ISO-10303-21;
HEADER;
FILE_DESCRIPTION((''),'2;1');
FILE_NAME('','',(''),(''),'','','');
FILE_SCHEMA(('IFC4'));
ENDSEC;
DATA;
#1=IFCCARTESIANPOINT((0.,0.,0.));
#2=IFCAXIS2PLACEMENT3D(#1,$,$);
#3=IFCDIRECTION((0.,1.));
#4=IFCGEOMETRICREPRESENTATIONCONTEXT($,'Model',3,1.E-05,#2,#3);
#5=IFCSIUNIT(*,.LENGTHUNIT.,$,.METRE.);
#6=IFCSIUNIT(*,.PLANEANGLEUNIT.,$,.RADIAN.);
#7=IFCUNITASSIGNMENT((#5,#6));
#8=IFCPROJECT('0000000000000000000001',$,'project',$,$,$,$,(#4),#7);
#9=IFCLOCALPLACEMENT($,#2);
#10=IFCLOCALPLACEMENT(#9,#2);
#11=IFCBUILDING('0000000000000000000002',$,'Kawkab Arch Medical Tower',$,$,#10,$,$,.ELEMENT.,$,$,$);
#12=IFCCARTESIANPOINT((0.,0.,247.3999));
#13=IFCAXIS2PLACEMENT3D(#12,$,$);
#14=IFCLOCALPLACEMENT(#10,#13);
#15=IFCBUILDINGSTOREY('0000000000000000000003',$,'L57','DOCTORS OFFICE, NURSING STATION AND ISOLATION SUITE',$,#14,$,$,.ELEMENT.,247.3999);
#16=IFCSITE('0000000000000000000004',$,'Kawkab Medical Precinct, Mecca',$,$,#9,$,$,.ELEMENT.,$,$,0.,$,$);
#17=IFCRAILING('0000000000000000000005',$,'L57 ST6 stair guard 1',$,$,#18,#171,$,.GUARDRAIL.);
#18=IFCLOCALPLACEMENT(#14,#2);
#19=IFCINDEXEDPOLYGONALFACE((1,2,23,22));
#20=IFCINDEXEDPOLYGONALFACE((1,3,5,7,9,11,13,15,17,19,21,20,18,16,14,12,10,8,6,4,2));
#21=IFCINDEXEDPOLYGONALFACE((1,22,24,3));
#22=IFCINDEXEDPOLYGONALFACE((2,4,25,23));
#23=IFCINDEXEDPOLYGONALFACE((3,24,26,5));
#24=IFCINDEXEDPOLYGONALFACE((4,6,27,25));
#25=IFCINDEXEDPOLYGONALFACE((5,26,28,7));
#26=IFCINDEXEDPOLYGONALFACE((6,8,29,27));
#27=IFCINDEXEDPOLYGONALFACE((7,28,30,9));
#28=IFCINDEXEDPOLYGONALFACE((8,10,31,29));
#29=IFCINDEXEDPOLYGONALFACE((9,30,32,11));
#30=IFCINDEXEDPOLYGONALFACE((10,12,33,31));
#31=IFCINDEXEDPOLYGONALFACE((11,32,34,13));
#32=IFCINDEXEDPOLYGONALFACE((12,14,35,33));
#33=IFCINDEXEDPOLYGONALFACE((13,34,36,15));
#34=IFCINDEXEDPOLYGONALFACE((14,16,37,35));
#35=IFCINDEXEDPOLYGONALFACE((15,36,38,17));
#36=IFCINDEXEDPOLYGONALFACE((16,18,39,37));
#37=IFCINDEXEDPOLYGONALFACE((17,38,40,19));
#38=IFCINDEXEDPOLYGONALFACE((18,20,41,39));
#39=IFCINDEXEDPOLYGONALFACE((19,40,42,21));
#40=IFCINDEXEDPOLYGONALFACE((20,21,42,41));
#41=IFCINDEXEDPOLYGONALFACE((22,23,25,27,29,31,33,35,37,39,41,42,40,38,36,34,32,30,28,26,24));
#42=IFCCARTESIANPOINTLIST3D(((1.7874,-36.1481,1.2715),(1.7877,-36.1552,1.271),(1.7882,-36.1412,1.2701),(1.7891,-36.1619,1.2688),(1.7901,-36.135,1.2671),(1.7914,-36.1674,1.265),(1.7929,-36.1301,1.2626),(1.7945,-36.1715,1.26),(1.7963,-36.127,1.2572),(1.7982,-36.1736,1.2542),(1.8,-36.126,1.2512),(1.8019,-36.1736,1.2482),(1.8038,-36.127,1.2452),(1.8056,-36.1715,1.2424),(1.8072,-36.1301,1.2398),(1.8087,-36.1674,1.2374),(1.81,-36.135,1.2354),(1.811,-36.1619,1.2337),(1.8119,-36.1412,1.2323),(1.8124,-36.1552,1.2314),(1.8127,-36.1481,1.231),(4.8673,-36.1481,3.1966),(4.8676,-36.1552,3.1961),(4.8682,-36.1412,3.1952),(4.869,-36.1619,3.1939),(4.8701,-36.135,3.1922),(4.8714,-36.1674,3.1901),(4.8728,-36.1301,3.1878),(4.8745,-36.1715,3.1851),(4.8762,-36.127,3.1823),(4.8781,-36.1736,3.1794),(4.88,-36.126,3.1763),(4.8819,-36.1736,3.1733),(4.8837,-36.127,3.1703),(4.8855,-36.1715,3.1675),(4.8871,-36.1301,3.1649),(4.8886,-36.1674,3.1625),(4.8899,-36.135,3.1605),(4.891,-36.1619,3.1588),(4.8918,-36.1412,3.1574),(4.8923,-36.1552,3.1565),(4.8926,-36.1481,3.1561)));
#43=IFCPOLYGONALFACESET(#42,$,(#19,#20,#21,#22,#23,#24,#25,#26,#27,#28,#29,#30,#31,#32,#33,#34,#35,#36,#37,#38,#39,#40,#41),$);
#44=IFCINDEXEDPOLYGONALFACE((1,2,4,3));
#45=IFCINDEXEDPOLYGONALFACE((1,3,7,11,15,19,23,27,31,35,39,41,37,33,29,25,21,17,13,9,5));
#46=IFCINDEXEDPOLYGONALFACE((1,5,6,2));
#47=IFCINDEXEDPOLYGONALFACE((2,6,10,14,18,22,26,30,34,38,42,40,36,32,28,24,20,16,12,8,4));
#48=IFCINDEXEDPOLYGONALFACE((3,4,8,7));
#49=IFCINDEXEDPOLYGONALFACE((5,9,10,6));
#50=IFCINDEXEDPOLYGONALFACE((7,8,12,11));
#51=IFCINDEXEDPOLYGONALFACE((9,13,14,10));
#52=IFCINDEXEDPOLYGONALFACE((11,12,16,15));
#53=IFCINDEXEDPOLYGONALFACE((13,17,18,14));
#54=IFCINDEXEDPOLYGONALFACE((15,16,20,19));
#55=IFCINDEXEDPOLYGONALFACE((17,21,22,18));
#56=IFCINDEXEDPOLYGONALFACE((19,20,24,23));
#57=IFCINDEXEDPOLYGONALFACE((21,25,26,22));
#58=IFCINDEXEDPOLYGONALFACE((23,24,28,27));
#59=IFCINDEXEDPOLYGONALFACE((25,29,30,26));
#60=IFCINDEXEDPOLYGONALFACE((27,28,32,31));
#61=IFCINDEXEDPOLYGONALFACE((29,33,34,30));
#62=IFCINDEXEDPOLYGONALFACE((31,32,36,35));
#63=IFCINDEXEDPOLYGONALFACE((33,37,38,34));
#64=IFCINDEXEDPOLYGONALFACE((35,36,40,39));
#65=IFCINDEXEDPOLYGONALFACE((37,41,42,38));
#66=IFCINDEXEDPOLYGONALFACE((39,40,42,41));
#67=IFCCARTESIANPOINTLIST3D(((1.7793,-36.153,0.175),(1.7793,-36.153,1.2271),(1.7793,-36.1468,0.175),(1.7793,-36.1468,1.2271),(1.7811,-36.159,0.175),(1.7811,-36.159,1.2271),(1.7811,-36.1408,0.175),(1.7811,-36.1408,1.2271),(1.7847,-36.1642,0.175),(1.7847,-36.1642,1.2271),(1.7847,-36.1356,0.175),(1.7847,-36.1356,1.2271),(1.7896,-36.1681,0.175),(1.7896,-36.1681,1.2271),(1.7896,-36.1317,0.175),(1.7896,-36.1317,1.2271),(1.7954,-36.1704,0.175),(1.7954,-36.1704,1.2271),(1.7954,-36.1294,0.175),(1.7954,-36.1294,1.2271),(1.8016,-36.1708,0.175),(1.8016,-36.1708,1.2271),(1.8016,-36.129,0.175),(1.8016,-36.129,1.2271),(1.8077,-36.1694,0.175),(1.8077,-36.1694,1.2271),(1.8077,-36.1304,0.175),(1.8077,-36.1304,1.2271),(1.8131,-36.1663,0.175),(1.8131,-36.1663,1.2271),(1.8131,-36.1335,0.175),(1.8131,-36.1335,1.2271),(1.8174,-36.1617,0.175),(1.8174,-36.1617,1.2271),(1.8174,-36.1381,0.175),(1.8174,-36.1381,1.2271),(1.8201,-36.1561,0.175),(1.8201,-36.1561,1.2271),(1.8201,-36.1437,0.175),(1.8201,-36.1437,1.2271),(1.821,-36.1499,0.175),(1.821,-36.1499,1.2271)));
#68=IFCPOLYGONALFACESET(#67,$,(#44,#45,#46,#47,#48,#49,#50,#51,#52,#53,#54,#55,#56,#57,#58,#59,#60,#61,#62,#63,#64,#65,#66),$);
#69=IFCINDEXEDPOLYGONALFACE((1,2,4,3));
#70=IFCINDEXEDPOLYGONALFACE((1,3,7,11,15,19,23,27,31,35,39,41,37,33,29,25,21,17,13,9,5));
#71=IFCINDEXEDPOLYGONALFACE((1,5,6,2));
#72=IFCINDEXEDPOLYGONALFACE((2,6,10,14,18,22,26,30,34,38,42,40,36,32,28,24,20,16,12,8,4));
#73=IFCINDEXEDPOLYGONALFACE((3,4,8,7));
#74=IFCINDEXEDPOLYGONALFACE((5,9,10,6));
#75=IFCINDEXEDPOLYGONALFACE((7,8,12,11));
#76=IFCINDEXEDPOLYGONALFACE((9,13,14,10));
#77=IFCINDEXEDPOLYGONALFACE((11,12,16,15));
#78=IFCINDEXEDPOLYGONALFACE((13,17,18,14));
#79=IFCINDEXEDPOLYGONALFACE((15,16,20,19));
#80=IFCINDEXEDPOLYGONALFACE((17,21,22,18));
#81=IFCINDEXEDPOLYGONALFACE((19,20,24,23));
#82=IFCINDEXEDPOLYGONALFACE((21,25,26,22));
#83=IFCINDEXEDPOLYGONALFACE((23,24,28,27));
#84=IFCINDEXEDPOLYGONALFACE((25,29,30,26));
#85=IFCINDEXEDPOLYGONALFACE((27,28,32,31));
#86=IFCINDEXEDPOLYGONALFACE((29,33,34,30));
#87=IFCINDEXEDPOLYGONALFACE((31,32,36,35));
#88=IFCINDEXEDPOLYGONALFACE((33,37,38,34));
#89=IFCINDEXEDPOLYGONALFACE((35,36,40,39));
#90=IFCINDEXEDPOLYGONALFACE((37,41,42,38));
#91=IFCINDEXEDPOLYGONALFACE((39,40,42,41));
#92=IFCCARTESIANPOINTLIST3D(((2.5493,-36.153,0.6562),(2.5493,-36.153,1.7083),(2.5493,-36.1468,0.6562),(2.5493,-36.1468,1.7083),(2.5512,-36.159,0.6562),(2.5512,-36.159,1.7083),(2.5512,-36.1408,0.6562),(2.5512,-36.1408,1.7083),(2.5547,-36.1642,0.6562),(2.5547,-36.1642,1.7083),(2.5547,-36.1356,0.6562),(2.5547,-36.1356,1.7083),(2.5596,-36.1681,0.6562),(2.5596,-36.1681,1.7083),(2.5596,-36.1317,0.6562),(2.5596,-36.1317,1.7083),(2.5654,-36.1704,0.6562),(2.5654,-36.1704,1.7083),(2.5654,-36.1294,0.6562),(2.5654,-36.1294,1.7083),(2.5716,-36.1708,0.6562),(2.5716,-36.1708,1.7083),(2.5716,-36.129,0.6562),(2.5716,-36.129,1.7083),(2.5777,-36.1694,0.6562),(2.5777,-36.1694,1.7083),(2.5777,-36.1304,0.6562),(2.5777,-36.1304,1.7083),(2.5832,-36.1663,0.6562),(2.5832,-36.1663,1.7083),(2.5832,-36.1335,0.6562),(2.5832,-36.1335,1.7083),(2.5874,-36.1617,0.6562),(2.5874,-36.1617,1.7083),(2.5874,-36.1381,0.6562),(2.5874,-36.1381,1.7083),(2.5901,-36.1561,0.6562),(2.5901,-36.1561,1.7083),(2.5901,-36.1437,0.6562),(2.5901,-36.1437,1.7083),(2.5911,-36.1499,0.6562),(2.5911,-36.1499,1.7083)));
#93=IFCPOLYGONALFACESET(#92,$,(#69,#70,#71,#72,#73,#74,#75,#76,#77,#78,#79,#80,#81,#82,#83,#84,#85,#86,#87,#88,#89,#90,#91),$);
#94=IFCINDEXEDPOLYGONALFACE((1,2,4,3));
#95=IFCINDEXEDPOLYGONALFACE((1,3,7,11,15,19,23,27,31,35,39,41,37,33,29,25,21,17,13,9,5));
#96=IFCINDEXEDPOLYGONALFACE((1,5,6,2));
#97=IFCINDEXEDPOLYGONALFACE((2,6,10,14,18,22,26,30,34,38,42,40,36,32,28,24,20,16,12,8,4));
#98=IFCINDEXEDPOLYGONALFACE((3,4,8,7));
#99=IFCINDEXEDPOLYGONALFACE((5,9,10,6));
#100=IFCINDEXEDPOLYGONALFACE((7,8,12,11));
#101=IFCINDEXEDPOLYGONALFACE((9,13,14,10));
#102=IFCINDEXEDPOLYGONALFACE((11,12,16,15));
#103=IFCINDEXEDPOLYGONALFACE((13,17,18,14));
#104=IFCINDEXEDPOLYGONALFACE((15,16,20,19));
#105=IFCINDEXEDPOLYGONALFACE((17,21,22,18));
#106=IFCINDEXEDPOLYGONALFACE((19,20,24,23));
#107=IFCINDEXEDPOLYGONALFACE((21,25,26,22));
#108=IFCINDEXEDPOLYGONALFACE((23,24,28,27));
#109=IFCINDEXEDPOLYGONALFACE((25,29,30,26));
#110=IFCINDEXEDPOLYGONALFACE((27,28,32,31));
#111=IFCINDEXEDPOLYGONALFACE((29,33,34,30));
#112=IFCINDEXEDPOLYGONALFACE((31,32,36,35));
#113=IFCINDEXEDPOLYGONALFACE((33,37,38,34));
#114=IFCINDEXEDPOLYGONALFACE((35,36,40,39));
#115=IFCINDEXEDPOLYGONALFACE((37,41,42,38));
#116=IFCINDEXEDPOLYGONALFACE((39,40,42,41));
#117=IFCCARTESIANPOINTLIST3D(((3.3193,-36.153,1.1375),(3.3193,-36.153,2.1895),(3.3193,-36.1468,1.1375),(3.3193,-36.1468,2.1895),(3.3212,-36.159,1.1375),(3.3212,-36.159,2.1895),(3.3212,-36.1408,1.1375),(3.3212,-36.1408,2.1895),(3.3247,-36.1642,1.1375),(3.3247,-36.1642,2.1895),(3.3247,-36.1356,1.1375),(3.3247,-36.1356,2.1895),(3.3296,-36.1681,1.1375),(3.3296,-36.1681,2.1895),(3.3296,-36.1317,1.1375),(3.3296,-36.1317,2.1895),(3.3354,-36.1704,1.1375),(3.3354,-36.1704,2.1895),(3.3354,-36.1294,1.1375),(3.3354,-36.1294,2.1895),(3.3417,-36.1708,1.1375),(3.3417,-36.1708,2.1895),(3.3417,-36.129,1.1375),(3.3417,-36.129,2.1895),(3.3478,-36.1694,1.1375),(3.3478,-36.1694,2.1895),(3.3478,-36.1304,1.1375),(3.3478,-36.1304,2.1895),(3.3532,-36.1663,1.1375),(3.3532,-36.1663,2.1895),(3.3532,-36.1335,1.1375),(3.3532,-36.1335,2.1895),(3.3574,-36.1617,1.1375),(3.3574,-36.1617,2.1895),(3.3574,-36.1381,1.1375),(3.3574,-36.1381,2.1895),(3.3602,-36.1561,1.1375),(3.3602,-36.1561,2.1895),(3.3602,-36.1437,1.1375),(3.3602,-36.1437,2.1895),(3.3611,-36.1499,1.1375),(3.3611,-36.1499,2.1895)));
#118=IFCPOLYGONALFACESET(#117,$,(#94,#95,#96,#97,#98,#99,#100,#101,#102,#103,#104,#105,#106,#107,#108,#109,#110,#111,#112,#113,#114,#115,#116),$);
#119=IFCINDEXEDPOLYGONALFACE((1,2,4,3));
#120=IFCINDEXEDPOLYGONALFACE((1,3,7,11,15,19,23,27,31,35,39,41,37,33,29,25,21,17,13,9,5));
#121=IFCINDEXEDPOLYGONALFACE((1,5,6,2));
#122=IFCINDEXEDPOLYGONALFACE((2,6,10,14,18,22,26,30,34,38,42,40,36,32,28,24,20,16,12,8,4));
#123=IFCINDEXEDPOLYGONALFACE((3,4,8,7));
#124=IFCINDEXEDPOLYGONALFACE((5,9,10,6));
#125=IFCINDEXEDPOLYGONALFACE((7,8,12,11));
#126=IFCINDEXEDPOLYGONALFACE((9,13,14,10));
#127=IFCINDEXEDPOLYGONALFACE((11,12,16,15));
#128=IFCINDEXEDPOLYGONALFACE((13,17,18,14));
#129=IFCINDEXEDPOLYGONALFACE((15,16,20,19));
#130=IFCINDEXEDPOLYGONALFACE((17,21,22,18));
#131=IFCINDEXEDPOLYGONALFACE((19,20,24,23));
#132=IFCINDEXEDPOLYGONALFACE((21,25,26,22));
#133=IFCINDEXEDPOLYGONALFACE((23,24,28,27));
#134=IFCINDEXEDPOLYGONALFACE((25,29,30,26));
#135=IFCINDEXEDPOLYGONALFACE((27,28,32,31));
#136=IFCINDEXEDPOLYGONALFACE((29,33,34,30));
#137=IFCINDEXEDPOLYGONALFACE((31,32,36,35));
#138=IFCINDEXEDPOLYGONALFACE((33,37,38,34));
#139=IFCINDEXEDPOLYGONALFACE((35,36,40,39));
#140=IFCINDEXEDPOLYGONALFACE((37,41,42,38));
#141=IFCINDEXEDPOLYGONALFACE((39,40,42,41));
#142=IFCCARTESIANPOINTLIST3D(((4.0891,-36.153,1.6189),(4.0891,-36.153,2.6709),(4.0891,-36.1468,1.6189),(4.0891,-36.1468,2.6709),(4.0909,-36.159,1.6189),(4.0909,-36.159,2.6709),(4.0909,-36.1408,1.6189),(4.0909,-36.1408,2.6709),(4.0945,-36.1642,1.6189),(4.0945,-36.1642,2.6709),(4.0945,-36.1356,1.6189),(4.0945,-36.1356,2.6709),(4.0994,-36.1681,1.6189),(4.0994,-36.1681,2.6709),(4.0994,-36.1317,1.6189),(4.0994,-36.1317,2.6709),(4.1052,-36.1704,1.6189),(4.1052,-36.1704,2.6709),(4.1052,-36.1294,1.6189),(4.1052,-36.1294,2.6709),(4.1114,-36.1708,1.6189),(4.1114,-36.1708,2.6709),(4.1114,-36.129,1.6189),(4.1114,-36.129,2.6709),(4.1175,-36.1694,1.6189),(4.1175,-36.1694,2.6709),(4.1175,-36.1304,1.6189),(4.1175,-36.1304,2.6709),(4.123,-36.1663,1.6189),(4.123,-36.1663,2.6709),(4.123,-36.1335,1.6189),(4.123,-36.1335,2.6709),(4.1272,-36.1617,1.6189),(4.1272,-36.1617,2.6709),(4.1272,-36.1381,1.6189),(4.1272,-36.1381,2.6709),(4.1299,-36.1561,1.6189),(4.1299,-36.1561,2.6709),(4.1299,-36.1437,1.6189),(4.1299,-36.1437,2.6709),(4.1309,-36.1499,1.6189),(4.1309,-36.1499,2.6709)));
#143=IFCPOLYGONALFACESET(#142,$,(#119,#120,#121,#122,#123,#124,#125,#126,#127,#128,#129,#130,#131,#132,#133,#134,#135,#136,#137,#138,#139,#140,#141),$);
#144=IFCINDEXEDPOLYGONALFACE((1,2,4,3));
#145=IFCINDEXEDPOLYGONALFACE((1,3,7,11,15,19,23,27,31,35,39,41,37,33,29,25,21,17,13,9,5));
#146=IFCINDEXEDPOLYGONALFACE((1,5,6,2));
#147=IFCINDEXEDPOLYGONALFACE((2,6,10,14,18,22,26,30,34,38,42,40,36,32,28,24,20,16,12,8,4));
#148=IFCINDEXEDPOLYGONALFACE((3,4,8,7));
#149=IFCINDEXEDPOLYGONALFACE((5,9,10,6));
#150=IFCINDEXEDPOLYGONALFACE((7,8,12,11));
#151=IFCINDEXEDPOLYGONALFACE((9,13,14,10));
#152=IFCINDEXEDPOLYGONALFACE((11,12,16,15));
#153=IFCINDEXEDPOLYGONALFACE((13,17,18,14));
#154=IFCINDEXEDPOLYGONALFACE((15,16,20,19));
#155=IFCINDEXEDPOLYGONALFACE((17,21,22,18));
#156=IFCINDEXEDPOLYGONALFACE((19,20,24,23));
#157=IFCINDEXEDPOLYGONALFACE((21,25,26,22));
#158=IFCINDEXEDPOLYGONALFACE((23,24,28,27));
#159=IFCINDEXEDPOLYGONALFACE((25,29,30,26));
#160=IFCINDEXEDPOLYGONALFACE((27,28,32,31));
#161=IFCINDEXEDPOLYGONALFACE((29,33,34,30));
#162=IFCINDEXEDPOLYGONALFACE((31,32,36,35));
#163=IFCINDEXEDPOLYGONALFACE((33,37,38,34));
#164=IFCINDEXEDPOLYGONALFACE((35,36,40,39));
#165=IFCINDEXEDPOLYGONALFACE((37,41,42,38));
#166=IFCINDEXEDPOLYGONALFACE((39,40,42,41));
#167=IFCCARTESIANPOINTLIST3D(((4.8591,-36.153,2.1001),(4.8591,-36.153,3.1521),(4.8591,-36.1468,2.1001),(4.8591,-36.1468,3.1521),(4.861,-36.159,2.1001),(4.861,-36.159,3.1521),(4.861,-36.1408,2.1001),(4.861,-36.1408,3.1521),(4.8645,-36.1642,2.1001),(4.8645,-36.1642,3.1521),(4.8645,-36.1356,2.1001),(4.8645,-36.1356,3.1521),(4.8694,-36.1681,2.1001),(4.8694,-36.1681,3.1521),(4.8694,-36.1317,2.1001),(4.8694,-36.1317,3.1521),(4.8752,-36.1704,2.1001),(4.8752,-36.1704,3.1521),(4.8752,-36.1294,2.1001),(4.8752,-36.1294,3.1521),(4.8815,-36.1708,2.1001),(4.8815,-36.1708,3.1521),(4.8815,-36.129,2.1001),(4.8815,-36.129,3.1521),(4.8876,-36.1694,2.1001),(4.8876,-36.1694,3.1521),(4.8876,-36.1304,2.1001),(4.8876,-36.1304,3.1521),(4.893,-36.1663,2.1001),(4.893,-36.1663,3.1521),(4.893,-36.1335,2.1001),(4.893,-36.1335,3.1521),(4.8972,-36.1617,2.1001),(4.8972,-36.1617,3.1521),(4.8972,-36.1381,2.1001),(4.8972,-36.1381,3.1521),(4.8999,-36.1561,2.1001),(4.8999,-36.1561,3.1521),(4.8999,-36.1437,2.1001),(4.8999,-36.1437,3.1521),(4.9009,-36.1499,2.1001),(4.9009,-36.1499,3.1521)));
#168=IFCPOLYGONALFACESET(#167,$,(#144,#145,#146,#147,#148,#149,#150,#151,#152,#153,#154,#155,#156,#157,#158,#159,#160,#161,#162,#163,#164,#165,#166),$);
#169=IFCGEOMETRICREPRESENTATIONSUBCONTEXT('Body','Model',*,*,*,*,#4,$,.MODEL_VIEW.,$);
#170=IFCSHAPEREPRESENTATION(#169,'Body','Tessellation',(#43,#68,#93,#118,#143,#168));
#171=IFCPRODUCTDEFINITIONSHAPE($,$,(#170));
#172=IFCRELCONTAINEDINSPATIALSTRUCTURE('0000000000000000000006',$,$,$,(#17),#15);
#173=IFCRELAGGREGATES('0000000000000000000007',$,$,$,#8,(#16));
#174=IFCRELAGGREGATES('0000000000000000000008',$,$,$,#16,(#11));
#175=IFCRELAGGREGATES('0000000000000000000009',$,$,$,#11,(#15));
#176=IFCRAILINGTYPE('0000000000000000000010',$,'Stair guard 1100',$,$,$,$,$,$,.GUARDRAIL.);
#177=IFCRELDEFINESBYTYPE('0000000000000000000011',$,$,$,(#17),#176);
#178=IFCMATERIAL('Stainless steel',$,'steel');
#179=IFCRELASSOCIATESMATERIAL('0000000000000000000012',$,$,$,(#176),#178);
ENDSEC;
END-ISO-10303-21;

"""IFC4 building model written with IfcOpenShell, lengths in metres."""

from ifc_helpers import new_model, si_unit, direction, frame, origin, origin_2d, place, context, subcontext, project, spatial, circle, extrude, material, type_object, element, save


model = new_model("IFC4")

# Units and contexts
model_context = context("Model", 3, precision=1e-05, world=origin(), true_north=direction((0.0, 1.0)))
body_context = subcontext(model_context, "Body", "Model", "MODEL_VIEW")
ifc_project = project(units=[si_unit("LENGTHUNIT", "METRE"), si_unit("PLANEANGLEUNIT", "RADIAN")], contexts=[model_context])

# Site, building, storey
site_placement = place(None, origin())
site = spatial("IfcSite", under=ifc_project, at=site_placement, Name="Kawkab Medical Precinct, Mecca", CompositionType="ELEMENT", RefElevation=0.0)
building_placement = place(site_placement, origin())
building = spatial("IfcBuilding", under=site, at=building_placement, Name="Kawkab Arch Medical Tower", CompositionType="ELEMENT")
storey_placement = place(building_placement, frame((0.0, 0.0, 247.3999)))
storey = spatial("IfcBuildingStorey", under=building, at=storey_placement, Name="L57", Description="DOCTORS OFFICE, NURSING STATION AND ISOLATION SUITE", CompositionType="ELEMENT", Elevation=247.3999)

# Railing
ifc_material_1 = material(Name="Stainless steel", Category="steel")
railing_type_1 = type_object("IfcRailingType", Name="Stair guard 1100", PredefinedType="GUARDRAIL", material=ifc_material_1)
railing_1_placement = place(storey_placement, frame((1.8, -36.1499, 0.175)))
element("IfcRailing", 1, at=railing_1_placement, inside=storey, type_object=railing_type_1, Name="L57 ST6 stair guard 1", PredefinedType="GUARDRAIL", context=body_context, shape_type="SweptSolid", body=[
    extrude(circle(Radius=0.0239, at=origin_2d()), frame((0.0, 0.0, 1.0762), z_axis=(0.847979, 0.0, 0.530029), x_axis=(0.0, 1.0, 0.0)), (0.0, 0.0, 1.0), 3.6321),
    extrude(circle(Radius=0.021, at=origin_2d()), origin(), (0.0, 0.0, 1.0), 1.052),
    extrude(circle(Radius=0.021, at=origin_2d()), frame((0.77, 0.0, 0.4812)), (0.0, 0.0, 1.0), 1.052),
    extrude(circle(Radius=0.021, at=origin_2d()), frame((1.54, 0.0, 0.9624)), (0.0, 0.0, 1.0), 1.052),
    extrude(circle(Radius=0.021, at=origin_2d()), frame((2.3098, 0.0, 1.4438)), (0.0, 0.0, 1.0), 1.052),
    extrude(circle(Radius=0.021, at=origin_2d()), frame((3.0798, 0.0, 1.925)), (0.0, 0.0, 1.0), 1.052),
])

save(model, "model.ifc")
